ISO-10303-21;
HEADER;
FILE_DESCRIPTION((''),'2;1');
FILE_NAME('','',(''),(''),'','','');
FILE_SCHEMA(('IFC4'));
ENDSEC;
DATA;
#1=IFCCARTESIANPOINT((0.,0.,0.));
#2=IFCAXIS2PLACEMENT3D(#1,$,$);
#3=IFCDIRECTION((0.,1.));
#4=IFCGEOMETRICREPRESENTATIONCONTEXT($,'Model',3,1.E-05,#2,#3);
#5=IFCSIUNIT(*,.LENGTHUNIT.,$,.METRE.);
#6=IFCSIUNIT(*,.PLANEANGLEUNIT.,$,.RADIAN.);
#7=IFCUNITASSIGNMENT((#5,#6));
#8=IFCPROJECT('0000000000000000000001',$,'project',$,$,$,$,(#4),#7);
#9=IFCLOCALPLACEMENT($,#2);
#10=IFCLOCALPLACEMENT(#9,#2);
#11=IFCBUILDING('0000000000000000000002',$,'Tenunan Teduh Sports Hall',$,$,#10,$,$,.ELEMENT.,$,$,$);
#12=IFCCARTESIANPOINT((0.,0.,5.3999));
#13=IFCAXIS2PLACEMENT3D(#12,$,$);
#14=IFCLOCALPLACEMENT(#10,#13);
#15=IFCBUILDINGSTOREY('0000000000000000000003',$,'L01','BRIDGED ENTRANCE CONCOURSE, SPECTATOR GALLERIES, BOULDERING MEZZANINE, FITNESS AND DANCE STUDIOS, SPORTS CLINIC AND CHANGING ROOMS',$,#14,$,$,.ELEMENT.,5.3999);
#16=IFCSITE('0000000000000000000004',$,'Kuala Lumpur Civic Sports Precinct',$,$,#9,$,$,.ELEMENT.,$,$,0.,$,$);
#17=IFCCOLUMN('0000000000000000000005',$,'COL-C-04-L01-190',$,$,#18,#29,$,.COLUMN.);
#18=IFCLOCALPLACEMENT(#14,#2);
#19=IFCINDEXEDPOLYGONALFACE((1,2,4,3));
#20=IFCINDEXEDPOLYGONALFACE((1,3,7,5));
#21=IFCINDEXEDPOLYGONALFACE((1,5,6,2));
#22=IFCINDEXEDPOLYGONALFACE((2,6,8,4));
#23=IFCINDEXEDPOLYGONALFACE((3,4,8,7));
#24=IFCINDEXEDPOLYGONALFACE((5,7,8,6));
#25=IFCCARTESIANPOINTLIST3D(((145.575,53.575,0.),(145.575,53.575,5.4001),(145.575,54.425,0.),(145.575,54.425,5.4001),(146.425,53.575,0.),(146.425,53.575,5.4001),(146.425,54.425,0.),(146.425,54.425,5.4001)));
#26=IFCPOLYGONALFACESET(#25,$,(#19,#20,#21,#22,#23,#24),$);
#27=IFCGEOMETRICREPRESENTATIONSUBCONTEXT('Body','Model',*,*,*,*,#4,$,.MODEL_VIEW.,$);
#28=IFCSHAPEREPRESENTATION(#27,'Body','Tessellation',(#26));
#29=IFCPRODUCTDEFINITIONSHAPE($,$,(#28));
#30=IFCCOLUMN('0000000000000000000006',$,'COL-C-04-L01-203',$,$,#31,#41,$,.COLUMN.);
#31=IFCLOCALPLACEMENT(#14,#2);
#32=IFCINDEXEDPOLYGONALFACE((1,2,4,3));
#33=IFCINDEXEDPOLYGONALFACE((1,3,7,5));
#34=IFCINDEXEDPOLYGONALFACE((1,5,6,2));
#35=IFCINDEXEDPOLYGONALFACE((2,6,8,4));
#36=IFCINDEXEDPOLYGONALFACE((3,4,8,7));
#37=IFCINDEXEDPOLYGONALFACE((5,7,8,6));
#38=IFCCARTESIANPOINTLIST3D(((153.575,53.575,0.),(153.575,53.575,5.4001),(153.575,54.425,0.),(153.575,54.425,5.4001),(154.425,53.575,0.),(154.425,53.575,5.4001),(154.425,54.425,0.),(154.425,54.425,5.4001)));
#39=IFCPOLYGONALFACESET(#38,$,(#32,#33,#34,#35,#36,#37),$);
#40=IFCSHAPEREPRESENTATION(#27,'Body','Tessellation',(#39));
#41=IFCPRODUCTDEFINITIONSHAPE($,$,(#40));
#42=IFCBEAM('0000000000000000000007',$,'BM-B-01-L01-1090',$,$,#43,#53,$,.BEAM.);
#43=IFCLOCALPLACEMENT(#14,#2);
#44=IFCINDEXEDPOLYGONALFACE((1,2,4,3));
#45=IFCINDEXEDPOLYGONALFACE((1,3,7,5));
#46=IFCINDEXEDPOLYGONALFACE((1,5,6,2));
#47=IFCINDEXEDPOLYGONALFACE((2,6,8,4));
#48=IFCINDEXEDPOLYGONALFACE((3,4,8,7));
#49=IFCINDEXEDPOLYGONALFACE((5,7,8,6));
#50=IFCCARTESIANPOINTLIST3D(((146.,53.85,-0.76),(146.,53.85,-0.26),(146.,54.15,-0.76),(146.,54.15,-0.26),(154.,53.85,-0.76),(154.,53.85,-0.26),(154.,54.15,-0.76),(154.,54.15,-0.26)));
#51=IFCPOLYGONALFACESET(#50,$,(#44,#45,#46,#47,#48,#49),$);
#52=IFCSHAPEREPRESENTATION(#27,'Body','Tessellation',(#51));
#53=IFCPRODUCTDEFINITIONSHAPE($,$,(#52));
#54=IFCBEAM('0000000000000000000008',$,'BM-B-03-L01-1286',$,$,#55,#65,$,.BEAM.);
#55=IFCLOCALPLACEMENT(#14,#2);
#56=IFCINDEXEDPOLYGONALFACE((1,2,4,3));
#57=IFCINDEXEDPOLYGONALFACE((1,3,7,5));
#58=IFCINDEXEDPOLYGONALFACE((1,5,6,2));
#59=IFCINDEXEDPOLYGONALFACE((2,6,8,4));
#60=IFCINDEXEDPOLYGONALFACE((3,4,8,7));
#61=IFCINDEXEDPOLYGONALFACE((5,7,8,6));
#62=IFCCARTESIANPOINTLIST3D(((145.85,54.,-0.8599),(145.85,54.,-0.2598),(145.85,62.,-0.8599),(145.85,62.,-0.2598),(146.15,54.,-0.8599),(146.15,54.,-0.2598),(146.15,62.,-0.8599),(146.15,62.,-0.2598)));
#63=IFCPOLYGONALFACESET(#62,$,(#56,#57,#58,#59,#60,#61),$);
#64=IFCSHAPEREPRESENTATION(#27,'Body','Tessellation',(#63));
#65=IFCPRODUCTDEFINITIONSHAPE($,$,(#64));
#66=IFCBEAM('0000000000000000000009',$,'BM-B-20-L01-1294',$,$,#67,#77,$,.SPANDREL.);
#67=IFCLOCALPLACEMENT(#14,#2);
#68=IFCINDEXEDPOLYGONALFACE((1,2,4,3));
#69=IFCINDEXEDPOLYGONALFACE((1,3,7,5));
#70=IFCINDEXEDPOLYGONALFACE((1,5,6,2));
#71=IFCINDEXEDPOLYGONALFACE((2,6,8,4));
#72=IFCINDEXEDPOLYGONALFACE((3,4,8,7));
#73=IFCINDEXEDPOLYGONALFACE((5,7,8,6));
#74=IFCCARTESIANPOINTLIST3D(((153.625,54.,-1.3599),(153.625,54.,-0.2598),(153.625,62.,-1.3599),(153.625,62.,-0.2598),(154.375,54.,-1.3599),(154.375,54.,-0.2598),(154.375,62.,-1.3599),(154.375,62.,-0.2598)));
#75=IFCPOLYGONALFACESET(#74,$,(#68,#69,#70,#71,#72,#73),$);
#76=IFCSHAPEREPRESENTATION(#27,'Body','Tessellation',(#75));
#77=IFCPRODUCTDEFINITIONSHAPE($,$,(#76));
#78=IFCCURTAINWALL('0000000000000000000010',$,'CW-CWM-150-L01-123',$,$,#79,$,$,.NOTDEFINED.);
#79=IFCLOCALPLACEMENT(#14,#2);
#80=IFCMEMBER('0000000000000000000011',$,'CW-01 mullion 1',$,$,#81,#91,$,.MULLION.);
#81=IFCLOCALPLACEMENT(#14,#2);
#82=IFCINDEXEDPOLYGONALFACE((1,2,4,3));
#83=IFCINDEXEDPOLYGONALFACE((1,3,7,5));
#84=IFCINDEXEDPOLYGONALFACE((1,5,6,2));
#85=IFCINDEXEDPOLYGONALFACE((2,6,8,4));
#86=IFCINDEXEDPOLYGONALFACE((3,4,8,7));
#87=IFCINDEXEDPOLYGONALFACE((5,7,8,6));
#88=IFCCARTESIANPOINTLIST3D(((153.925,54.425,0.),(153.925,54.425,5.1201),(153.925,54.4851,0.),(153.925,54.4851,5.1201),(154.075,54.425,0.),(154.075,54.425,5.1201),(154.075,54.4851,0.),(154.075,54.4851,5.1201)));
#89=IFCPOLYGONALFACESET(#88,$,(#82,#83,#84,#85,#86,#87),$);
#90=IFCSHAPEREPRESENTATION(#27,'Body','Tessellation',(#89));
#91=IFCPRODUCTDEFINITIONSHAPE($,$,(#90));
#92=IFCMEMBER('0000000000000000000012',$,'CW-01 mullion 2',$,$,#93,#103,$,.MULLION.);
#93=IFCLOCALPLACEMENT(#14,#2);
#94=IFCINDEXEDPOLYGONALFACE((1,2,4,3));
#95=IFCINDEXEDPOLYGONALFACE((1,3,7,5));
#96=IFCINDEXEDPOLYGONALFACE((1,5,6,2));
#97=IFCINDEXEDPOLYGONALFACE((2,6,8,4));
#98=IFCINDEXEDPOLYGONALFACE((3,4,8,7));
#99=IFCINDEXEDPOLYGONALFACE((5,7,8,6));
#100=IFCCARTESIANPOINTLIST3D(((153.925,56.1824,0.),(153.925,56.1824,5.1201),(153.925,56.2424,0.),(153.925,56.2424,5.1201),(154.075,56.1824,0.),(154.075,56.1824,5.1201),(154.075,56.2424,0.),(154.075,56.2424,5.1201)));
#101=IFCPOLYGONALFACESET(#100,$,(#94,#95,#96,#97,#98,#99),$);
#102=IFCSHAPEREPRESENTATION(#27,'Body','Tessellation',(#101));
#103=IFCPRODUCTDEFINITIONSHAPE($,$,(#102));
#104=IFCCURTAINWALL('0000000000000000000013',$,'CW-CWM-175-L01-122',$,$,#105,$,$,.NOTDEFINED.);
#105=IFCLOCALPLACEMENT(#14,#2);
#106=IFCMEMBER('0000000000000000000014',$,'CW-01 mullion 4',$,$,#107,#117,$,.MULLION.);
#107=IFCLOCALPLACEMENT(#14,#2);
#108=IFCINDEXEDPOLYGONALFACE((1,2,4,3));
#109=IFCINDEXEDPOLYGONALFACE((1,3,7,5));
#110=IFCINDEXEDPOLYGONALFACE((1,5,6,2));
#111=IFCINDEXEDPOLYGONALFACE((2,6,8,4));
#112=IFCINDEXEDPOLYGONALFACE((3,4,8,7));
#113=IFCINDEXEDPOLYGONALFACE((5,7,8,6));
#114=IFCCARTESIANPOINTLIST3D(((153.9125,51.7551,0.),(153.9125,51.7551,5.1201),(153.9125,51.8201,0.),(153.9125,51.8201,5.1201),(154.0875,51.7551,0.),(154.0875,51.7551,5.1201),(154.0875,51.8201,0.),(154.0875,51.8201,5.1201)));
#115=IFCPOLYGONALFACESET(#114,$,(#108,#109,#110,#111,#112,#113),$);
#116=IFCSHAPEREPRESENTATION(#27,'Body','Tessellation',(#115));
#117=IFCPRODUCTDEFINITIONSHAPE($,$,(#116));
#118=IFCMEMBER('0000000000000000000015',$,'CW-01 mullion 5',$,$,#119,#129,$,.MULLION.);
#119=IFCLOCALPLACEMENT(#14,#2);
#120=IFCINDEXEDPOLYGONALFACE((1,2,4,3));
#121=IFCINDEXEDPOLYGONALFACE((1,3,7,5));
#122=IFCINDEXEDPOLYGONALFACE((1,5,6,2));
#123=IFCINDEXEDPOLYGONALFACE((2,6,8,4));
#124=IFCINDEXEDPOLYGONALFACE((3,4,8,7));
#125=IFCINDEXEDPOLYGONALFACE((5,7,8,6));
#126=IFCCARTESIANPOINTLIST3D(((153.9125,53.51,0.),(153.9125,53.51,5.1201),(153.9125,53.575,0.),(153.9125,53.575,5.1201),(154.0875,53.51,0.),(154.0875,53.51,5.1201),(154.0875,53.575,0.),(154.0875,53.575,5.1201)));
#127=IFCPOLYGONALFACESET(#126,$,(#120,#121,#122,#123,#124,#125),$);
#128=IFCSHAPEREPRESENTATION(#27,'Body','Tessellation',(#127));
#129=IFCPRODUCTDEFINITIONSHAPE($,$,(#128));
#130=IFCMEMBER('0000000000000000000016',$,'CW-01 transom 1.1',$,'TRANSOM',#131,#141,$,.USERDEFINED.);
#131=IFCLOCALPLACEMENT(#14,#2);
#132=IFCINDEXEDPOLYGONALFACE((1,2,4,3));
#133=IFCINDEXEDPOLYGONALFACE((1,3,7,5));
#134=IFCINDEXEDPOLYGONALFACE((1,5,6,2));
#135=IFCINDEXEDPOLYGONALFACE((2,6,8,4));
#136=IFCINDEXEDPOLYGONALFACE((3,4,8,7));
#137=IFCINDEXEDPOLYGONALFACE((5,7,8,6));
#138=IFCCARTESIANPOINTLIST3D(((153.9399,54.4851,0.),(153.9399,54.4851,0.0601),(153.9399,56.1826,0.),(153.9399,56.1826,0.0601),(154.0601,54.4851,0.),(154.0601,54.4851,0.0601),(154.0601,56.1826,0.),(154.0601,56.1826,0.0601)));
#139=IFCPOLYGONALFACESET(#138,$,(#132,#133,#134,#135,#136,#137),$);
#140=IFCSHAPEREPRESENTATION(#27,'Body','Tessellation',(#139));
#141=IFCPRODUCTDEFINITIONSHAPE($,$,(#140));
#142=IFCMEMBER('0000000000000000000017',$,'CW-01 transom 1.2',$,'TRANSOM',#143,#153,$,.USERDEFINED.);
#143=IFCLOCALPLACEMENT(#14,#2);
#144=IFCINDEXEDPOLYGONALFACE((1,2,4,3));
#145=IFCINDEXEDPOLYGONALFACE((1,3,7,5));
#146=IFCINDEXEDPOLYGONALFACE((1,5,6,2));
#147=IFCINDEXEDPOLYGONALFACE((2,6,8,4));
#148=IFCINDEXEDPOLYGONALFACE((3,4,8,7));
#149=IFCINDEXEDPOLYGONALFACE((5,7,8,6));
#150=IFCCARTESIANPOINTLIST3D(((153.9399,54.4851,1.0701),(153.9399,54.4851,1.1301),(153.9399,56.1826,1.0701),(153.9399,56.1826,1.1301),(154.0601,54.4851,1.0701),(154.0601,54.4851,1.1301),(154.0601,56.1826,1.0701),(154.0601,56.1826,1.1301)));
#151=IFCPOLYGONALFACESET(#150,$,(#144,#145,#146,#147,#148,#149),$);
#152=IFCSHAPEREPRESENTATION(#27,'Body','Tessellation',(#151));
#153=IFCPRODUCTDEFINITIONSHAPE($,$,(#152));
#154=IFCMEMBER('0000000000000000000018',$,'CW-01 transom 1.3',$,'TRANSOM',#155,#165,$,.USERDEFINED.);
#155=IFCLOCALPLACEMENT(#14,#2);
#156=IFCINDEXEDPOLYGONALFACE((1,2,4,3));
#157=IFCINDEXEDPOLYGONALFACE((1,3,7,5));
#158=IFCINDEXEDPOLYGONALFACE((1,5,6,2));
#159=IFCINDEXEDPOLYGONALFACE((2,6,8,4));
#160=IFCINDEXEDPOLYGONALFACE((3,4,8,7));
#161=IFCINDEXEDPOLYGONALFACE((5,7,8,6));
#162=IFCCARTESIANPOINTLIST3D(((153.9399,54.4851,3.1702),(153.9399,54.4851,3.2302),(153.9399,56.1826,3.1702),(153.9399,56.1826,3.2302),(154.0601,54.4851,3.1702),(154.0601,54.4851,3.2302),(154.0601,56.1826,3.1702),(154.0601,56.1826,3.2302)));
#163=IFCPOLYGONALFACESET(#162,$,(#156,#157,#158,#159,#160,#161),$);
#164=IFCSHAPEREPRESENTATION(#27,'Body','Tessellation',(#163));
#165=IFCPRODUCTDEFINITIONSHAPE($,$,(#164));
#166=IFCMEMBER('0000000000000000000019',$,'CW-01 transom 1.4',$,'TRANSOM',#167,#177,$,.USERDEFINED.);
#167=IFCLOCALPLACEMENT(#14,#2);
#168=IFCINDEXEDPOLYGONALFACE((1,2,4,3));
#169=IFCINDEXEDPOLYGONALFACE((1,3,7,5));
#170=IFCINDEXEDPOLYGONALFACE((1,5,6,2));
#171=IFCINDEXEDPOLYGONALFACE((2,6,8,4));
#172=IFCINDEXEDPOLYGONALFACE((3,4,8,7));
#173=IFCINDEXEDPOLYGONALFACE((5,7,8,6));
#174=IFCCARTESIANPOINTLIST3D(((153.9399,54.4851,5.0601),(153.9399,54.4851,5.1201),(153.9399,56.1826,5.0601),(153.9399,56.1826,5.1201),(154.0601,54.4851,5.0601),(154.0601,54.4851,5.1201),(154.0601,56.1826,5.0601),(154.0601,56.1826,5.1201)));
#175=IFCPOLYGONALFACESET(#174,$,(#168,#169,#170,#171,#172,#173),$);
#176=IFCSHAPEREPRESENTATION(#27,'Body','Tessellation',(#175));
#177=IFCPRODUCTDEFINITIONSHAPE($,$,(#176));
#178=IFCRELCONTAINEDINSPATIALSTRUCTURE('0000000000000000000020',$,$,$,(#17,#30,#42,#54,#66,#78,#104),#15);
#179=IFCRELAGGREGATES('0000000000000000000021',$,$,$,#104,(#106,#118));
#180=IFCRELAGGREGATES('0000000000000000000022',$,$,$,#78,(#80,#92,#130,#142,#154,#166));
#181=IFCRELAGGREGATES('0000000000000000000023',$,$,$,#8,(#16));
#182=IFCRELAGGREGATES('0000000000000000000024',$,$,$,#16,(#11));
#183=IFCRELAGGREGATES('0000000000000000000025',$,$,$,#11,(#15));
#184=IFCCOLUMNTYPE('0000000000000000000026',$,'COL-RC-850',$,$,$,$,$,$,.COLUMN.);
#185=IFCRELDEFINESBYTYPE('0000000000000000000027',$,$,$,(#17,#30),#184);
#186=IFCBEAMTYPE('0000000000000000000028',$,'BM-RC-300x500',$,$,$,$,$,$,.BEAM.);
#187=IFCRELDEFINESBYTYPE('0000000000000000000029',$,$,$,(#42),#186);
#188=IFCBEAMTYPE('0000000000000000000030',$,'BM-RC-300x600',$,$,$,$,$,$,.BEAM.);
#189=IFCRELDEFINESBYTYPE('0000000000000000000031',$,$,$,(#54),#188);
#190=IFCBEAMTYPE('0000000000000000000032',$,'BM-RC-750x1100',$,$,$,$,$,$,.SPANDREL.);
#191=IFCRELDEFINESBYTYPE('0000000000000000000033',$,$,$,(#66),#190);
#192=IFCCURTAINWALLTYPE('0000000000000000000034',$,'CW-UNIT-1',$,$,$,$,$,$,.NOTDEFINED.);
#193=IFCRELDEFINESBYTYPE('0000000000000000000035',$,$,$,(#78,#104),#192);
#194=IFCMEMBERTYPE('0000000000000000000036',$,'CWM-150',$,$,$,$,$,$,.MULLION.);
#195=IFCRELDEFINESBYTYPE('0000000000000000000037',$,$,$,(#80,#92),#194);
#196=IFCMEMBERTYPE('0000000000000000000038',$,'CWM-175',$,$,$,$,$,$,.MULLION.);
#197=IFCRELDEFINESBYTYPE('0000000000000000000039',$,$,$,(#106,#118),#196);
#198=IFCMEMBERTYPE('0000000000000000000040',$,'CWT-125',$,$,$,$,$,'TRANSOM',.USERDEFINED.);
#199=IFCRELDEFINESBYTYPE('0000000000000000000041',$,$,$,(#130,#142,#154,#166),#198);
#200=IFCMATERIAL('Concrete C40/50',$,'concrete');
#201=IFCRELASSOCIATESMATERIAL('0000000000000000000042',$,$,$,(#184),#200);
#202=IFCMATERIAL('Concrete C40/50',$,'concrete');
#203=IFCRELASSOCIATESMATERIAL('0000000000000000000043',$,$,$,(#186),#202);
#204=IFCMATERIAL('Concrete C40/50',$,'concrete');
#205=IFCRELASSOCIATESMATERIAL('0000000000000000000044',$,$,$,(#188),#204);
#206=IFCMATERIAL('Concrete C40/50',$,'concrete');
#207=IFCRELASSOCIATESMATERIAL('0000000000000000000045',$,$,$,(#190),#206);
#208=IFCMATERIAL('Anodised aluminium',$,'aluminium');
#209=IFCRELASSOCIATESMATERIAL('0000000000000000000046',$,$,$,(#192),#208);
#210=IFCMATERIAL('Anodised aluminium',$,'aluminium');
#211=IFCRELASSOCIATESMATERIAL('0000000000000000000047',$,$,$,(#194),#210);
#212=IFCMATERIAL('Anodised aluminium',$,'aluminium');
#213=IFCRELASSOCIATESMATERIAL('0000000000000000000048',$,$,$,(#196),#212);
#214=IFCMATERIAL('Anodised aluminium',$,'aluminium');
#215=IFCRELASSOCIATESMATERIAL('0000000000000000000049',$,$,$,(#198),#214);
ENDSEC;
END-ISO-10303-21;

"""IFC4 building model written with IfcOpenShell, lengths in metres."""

from ifc_helpers import new_model, si_unit, direction, frame, origin, origin_2d, place, context, subcontext, project, spatial, rectangle, extrude, material, material_profile, profile_set, type_object, element, aggregate, save


model = new_model("IFC4")

# Units and contexts
model_context = context("Model", 3, precision=1e-05, world=origin(), true_north=direction((0.0, 1.0)))
body_context = subcontext(model_context, "Body", "Model", "MODEL_VIEW")
ifc_project = project(units=[si_unit("LENGTHUNIT", "METRE"), si_unit("PLANEANGLEUNIT", "RADIAN")], contexts=[model_context])

# Site, building, storey
site_placement = place(None, origin())
site = spatial("IfcSite", under=ifc_project, at=site_placement, Name="Kuala Lumpur Civic Sports Precinct", CompositionType="ELEMENT", RefElevation=0.0)
building_placement = place(site_placement, origin())
building = spatial("IfcBuilding", under=site, at=building_placement, Name="Tenunan Teduh Sports Hall", CompositionType="ELEMENT")
storey_placement = place(building_placement, frame((0.0, 0.0, 5.3999)))
storey = spatial("IfcBuildingStorey", under=building, at=storey_placement, Name="L01", Description="BRIDGED ENTRANCE CONCOURSE, SPECTATOR GALLERIES, BOULDERING MEZZANINE, FITNESS AND DANCE STUDIOS, SPORTS CLINIC AND CHANGING ROOMS", CompositionType="ELEMENT", Elevation=5.3999)

# Columns
ifc_material_1 = material(Name="Concrete C40/50", Category="concrete")
ifc_material_profile_1 = material_profile(ifc_material_1, rectangle(XDim=0.8501, YDim=0.8501, at=origin_2d()), Name="RC 850x850")
ifc_profile_set_1 = profile_set([ifc_material_profile_1], Name="Concrete C40/50")
column_type = type_object("IfcColumnType", Name="COL-RC-850", PredefinedType="COLUMN", material=ifc_profile_set_1)
for number, where, z_axis, x_axis, name in (
    (1, (146.0, 54.0, 0.0), (0.0, 0.0, 1.0), (1.0, 0.0, 0.0), "COL-C-04-L01-190"),
    (2, (154.0, 54.0, 0.0), (0.0, 0.0, 1.0), (1.0, 0.0, 0.0), "COL-C-04-L01-203"),
):
    element("IfcColumn", number, at=place(storey_placement, frame(where, z_axis=z_axis, x_axis=x_axis)), inside=storey, type_object=column_type, Name=name, PredefinedType="COLUMN", context=body_context, shape_type="SweptSolid", body=[
        extrude(rectangle(XDim=0.8501, YDim=0.8501, at=origin_2d()), origin(), (0.0, 0.0, 1.0), 5.4001),
    ])

# Beams
ifc_material_2 = material(Name="Concrete C40/50", Category="concrete")
ifc_material_profile_2 = material_profile(ifc_material_2, rectangle(XDim=0.3, YDim=0.5, at=origin_2d()), Name="RCB 300x500")
ifc_profile_set_2 = profile_set([ifc_material_profile_2], Name="Concrete C40/50")
beam_type_1 = type_object("IfcBeamType", Name="BM-RC-300x500", PredefinedType="BEAM", material=ifc_profile_set_2)
beam_1_placement = place(storey_placement, frame((146.0, 54.0, -0.51), z_axis=(1.0, 0.0, 0.0), x_axis=(0.0, 1.0, 0.0)))
element("IfcBeam", 3, at=beam_1_placement, inside=storey, type_object=beam_type_1, Name="BM-B-01-L01-1090", PredefinedType="BEAM", context=body_context, shape_type="SweptSolid", body=[
    extrude(rectangle(XDim=0.3, YDim=0.5, at=origin_2d()), origin(), (0.0, 0.0, 1.0), 8.0),
])
ifc_material_3 = material(Name="Concrete C40/50", Category="concrete")
ifc_material_profile_3 = material_profile(ifc_material_3, rectangle(XDim=0.3, YDim=0.6001, at=origin_2d()), Name="RCB 300x600")
ifc_profile_set_3 = profile_set([ifc_material_profile_3], Name="Concrete C40/50")
beam_type_2 = type_object("IfcBeamType", Name="BM-RC-300x600", PredefinedType="BEAM", material=ifc_profile_set_3)
beam_2_placement = place(storey_placement, frame((146.0, 54.0, -0.5598), z_axis=(0.0, 1.0, 0.0), x_axis=(-1.0, 0.0, 0.0)))
element("IfcBeam", 4, at=beam_2_placement, inside=storey, type_object=beam_type_2, Name="BM-B-03-L01-1286", PredefinedType="BEAM", context=body_context, shape_type="SweptSolid", body=[
    extrude(rectangle(XDim=0.3, YDim=0.6001, at=origin_2d()), origin(), (0.0, 0.0, 1.0), 8.0),
])
ifc_material_4 = material(Name="Concrete C40/50", Category="concrete")
ifc_material_profile_4 = material_profile(ifc_material_4, rectangle(XDim=0.75, YDim=1.1001, at=origin_2d()), Name="RCB 750x1100")
ifc_profile_set_4 = profile_set([ifc_material_profile_4], Name="Concrete C40/50")
beam_type_3 = type_object("IfcBeamType", Name="BM-RC-750x1100", PredefinedType="SPANDREL", material=ifc_profile_set_4)
beam_3_placement = place(storey_placement, frame((154.0, 54.0, -0.8098), z_axis=(0.0, 1.0, 0.0), x_axis=(-1.0, 0.0, 0.0)))
element("IfcBeam", 5, at=beam_3_placement, inside=storey, type_object=beam_type_3, Name="BM-B-20-L01-1294", PredefinedType="SPANDREL", context=body_context, shape_type="SweptSolid", body=[
    extrude(rectangle(XDim=0.75, YDim=1.1001, at=origin_2d()), origin(), (0.0, 0.0, 1.0), 8.0),
])

# Curtain walls, members
ifc_material_5 = material(Name="Anodised aluminium", Category="aluminium")
curtain_wall_type = type_object("IfcCurtainWallType", Name="CW-UNIT-1", PredefinedType="NOTDEFINED", material=ifc_material_5)
curtain_wall_1_placement = place(storey_placement, origin())
curtain_wall_1 = element("IfcCurtainWall", 6, at=curtain_wall_1_placement, inside=storey, type_object=curtain_wall_type, Name="CW-CWM-150-L01-123", PredefinedType="NOTDEFINED")
ifc_material_6 = material(Name="Anodised aluminium", Category="aluminium")
ifc_material_profile_5 = material_profile(ifc_material_6, rectangle(XDim=0.0601, YDim=0.1499, at=origin_2d()), Name="CWM 60x150")
ifc_profile_set_5 = profile_set([ifc_material_profile_5], Name="Anodised aluminium")
member_type_1 = type_object("IfcMemberType", Name="CWM-150", PredefinedType="MULLION", material=ifc_profile_set_5)
member_1_placement = place(storey_placement, frame((154.0, 54.4551, 0.0), z_axis=(0.0, 0.0, 1.0), x_axis=(0.0, 1.0, 0.0)))
member_1 = element("IfcMember", 7, at=member_1_placement, type_object=member_type_1, Name="CW-01 mullion 1", PredefinedType="MULLION", context=body_context, shape_type="SweptSolid", body=[
    extrude(rectangle(XDim=0.0601, YDim=0.1499, at=origin_2d()), origin(), (0.0, 0.0, 1.0), 5.1201),
])
member_2_placement = place(storey_placement, frame((154.0, 56.2124, 0.0), z_axis=(0.0, 0.0, 1.0), x_axis=(0.0, 1.0, 0.0)))
member_2 = element("IfcMember", 8, at=member_2_placement, type_object=member_type_1, Name="CW-01 mullion 2", PredefinedType="MULLION", context=body_context, shape_type="SweptSolid", body=[
    extrude(rectangle(XDim=0.0601, YDim=0.1499, at=origin_2d()), origin(), (0.0, 0.0, 1.0), 5.1201),
])
curtain_wall_2_placement = place(storey_placement, origin())
curtain_wall_2 = element("IfcCurtainWall", 9, at=curtain_wall_2_placement, inside=storey, type_object=curtain_wall_type, Name="CW-CWM-175-L01-122", PredefinedType="NOTDEFINED")
ifc_material_7 = material(Name="Anodised aluminium", Category="aluminium")
ifc_material_profile_6 = material_profile(ifc_material_7, rectangle(XDim=0.0649, YDim=0.175, at=origin_2d()), Name="CWM 65x175")
ifc_profile_set_6 = profile_set([ifc_material_profile_6], Name="Anodised aluminium")
member_type_2 = type_object("IfcMemberType", Name="CWM-175", PredefinedType="MULLION", material=ifc_profile_set_6)
member_3_placement = place(storey_placement, frame((154.0, 51.7876, 0.0), z_axis=(0.0, 0.0, 1.0), x_axis=(0.0, 1.0, 0.0)))
member_3 = element("IfcMember", 10, at=member_3_placement, type_object=member_type_2, Name="CW-01 mullion 4", PredefinedType="MULLION", context=body_context, shape_type="SweptSolid", body=[
    extrude(rectangle(XDim=0.0649, YDim=0.175, at=origin_2d()), origin(), (0.0, 0.0, 1.0), 5.1201),
])
member_4_placement = place(storey_placement, frame((154.0, 53.5425, 0.0), z_axis=(0.0, 0.0, 1.0), x_axis=(0.0, 1.0, 0.0)))
member_4 = element("IfcMember", 11, at=member_4_placement, type_object=member_type_2, Name="CW-01 mullion 5", PredefinedType="MULLION", context=body_context, shape_type="SweptSolid", body=[
    extrude(rectangle(XDim=0.0649, YDim=0.175, at=origin_2d()), origin(), (0.0, 0.0, 1.0), 5.1201),
])

# Members
ifc_material_8 = material(Name="Anodised aluminium", Category="aluminium")
ifc_material_profile_7 = material_profile(ifc_material_8, rectangle(XDim=0.0601, YDim=0.1201, at=origin_2d()), Name="CWT 60x120")
ifc_profile_set_7 = profile_set([ifc_material_profile_7], Name="Anodised aluminium")
member_type_3 = type_object("IfcMemberType", Name="CWT-125", ElementType="TRANSOM", PredefinedType="USERDEFINED", material=ifc_profile_set_7)
member_5_placement = place(storey_placement, frame((154.0, 54.4851, 0.03), z_axis=(0.0, 1.0, 0.0), x_axis=(0.0, 0.0, 1.0)))
member_5 = element("IfcMember", 12, at=member_5_placement, type_object=member_type_3, Name="CW-01 transom 1.1", ObjectType="TRANSOM", PredefinedType="USERDEFINED", context=body_context, shape_type="SweptSolid", body=[
    extrude(rectangle(XDim=0.0601, YDim=0.1201, at=origin_2d()), origin(), (0.0, 0.0, 1.0), 1.6975),
])
member_6_placement = place(storey_placement, frame((154.0, 54.4851, 1.1001), z_axis=(0.0, 1.0, 0.0), x_axis=(0.0, 0.0, 1.0)))
member_6 = element("IfcMember", 13, at=member_6_placement, type_object=member_type_3, Name="CW-01 transom 1.2", ObjectType="TRANSOM", PredefinedType="USERDEFINED", context=body_context, shape_type="SweptSolid", body=[
    extrude(rectangle(XDim=0.0601, YDim=0.1201, at=origin_2d()), origin(), (0.0, 0.0, 1.0), 1.6975),
])
member_7_placement = place(storey_placement, frame((154.0, 54.4851, 3.2002), z_axis=(0.0, 1.0, 0.0), x_axis=(0.0, 0.0, 1.0)))
member_7 = element("IfcMember", 14, at=member_7_placement, type_object=member_type_3, Name="CW-01 transom 1.3", ObjectType="TRANSOM", PredefinedType="USERDEFINED", context=body_context, shape_type="SweptSolid", body=[
    extrude(rectangle(XDim=0.0601, YDim=0.1201, at=origin_2d()), origin(), (0.0, 0.0, 1.0), 1.6975),
])
member_8_placement = place(storey_placement, frame((154.0, 54.4851, 5.0901), z_axis=(0.0, 1.0, 0.0), x_axis=(0.0, 0.0, 1.0)))
member_8 = element("IfcMember", 15, at=member_8_placement, type_object=member_type_3, Name="CW-01 transom 1.4", ObjectType="TRANSOM", PredefinedType="USERDEFINED", context=body_context, shape_type="SweptSolid", body=[
    extrude(rectangle(XDim=0.0601, YDim=0.1201, at=origin_2d()), origin(), (0.0, 0.0, 1.0), 1.6975),
])

aggregate(curtain_wall_2, [member_3, member_4])
aggregate(curtain_wall_1, [member_1, member_2, member_5, member_6, member_7, member_8])

save(model, "model.ifc")
